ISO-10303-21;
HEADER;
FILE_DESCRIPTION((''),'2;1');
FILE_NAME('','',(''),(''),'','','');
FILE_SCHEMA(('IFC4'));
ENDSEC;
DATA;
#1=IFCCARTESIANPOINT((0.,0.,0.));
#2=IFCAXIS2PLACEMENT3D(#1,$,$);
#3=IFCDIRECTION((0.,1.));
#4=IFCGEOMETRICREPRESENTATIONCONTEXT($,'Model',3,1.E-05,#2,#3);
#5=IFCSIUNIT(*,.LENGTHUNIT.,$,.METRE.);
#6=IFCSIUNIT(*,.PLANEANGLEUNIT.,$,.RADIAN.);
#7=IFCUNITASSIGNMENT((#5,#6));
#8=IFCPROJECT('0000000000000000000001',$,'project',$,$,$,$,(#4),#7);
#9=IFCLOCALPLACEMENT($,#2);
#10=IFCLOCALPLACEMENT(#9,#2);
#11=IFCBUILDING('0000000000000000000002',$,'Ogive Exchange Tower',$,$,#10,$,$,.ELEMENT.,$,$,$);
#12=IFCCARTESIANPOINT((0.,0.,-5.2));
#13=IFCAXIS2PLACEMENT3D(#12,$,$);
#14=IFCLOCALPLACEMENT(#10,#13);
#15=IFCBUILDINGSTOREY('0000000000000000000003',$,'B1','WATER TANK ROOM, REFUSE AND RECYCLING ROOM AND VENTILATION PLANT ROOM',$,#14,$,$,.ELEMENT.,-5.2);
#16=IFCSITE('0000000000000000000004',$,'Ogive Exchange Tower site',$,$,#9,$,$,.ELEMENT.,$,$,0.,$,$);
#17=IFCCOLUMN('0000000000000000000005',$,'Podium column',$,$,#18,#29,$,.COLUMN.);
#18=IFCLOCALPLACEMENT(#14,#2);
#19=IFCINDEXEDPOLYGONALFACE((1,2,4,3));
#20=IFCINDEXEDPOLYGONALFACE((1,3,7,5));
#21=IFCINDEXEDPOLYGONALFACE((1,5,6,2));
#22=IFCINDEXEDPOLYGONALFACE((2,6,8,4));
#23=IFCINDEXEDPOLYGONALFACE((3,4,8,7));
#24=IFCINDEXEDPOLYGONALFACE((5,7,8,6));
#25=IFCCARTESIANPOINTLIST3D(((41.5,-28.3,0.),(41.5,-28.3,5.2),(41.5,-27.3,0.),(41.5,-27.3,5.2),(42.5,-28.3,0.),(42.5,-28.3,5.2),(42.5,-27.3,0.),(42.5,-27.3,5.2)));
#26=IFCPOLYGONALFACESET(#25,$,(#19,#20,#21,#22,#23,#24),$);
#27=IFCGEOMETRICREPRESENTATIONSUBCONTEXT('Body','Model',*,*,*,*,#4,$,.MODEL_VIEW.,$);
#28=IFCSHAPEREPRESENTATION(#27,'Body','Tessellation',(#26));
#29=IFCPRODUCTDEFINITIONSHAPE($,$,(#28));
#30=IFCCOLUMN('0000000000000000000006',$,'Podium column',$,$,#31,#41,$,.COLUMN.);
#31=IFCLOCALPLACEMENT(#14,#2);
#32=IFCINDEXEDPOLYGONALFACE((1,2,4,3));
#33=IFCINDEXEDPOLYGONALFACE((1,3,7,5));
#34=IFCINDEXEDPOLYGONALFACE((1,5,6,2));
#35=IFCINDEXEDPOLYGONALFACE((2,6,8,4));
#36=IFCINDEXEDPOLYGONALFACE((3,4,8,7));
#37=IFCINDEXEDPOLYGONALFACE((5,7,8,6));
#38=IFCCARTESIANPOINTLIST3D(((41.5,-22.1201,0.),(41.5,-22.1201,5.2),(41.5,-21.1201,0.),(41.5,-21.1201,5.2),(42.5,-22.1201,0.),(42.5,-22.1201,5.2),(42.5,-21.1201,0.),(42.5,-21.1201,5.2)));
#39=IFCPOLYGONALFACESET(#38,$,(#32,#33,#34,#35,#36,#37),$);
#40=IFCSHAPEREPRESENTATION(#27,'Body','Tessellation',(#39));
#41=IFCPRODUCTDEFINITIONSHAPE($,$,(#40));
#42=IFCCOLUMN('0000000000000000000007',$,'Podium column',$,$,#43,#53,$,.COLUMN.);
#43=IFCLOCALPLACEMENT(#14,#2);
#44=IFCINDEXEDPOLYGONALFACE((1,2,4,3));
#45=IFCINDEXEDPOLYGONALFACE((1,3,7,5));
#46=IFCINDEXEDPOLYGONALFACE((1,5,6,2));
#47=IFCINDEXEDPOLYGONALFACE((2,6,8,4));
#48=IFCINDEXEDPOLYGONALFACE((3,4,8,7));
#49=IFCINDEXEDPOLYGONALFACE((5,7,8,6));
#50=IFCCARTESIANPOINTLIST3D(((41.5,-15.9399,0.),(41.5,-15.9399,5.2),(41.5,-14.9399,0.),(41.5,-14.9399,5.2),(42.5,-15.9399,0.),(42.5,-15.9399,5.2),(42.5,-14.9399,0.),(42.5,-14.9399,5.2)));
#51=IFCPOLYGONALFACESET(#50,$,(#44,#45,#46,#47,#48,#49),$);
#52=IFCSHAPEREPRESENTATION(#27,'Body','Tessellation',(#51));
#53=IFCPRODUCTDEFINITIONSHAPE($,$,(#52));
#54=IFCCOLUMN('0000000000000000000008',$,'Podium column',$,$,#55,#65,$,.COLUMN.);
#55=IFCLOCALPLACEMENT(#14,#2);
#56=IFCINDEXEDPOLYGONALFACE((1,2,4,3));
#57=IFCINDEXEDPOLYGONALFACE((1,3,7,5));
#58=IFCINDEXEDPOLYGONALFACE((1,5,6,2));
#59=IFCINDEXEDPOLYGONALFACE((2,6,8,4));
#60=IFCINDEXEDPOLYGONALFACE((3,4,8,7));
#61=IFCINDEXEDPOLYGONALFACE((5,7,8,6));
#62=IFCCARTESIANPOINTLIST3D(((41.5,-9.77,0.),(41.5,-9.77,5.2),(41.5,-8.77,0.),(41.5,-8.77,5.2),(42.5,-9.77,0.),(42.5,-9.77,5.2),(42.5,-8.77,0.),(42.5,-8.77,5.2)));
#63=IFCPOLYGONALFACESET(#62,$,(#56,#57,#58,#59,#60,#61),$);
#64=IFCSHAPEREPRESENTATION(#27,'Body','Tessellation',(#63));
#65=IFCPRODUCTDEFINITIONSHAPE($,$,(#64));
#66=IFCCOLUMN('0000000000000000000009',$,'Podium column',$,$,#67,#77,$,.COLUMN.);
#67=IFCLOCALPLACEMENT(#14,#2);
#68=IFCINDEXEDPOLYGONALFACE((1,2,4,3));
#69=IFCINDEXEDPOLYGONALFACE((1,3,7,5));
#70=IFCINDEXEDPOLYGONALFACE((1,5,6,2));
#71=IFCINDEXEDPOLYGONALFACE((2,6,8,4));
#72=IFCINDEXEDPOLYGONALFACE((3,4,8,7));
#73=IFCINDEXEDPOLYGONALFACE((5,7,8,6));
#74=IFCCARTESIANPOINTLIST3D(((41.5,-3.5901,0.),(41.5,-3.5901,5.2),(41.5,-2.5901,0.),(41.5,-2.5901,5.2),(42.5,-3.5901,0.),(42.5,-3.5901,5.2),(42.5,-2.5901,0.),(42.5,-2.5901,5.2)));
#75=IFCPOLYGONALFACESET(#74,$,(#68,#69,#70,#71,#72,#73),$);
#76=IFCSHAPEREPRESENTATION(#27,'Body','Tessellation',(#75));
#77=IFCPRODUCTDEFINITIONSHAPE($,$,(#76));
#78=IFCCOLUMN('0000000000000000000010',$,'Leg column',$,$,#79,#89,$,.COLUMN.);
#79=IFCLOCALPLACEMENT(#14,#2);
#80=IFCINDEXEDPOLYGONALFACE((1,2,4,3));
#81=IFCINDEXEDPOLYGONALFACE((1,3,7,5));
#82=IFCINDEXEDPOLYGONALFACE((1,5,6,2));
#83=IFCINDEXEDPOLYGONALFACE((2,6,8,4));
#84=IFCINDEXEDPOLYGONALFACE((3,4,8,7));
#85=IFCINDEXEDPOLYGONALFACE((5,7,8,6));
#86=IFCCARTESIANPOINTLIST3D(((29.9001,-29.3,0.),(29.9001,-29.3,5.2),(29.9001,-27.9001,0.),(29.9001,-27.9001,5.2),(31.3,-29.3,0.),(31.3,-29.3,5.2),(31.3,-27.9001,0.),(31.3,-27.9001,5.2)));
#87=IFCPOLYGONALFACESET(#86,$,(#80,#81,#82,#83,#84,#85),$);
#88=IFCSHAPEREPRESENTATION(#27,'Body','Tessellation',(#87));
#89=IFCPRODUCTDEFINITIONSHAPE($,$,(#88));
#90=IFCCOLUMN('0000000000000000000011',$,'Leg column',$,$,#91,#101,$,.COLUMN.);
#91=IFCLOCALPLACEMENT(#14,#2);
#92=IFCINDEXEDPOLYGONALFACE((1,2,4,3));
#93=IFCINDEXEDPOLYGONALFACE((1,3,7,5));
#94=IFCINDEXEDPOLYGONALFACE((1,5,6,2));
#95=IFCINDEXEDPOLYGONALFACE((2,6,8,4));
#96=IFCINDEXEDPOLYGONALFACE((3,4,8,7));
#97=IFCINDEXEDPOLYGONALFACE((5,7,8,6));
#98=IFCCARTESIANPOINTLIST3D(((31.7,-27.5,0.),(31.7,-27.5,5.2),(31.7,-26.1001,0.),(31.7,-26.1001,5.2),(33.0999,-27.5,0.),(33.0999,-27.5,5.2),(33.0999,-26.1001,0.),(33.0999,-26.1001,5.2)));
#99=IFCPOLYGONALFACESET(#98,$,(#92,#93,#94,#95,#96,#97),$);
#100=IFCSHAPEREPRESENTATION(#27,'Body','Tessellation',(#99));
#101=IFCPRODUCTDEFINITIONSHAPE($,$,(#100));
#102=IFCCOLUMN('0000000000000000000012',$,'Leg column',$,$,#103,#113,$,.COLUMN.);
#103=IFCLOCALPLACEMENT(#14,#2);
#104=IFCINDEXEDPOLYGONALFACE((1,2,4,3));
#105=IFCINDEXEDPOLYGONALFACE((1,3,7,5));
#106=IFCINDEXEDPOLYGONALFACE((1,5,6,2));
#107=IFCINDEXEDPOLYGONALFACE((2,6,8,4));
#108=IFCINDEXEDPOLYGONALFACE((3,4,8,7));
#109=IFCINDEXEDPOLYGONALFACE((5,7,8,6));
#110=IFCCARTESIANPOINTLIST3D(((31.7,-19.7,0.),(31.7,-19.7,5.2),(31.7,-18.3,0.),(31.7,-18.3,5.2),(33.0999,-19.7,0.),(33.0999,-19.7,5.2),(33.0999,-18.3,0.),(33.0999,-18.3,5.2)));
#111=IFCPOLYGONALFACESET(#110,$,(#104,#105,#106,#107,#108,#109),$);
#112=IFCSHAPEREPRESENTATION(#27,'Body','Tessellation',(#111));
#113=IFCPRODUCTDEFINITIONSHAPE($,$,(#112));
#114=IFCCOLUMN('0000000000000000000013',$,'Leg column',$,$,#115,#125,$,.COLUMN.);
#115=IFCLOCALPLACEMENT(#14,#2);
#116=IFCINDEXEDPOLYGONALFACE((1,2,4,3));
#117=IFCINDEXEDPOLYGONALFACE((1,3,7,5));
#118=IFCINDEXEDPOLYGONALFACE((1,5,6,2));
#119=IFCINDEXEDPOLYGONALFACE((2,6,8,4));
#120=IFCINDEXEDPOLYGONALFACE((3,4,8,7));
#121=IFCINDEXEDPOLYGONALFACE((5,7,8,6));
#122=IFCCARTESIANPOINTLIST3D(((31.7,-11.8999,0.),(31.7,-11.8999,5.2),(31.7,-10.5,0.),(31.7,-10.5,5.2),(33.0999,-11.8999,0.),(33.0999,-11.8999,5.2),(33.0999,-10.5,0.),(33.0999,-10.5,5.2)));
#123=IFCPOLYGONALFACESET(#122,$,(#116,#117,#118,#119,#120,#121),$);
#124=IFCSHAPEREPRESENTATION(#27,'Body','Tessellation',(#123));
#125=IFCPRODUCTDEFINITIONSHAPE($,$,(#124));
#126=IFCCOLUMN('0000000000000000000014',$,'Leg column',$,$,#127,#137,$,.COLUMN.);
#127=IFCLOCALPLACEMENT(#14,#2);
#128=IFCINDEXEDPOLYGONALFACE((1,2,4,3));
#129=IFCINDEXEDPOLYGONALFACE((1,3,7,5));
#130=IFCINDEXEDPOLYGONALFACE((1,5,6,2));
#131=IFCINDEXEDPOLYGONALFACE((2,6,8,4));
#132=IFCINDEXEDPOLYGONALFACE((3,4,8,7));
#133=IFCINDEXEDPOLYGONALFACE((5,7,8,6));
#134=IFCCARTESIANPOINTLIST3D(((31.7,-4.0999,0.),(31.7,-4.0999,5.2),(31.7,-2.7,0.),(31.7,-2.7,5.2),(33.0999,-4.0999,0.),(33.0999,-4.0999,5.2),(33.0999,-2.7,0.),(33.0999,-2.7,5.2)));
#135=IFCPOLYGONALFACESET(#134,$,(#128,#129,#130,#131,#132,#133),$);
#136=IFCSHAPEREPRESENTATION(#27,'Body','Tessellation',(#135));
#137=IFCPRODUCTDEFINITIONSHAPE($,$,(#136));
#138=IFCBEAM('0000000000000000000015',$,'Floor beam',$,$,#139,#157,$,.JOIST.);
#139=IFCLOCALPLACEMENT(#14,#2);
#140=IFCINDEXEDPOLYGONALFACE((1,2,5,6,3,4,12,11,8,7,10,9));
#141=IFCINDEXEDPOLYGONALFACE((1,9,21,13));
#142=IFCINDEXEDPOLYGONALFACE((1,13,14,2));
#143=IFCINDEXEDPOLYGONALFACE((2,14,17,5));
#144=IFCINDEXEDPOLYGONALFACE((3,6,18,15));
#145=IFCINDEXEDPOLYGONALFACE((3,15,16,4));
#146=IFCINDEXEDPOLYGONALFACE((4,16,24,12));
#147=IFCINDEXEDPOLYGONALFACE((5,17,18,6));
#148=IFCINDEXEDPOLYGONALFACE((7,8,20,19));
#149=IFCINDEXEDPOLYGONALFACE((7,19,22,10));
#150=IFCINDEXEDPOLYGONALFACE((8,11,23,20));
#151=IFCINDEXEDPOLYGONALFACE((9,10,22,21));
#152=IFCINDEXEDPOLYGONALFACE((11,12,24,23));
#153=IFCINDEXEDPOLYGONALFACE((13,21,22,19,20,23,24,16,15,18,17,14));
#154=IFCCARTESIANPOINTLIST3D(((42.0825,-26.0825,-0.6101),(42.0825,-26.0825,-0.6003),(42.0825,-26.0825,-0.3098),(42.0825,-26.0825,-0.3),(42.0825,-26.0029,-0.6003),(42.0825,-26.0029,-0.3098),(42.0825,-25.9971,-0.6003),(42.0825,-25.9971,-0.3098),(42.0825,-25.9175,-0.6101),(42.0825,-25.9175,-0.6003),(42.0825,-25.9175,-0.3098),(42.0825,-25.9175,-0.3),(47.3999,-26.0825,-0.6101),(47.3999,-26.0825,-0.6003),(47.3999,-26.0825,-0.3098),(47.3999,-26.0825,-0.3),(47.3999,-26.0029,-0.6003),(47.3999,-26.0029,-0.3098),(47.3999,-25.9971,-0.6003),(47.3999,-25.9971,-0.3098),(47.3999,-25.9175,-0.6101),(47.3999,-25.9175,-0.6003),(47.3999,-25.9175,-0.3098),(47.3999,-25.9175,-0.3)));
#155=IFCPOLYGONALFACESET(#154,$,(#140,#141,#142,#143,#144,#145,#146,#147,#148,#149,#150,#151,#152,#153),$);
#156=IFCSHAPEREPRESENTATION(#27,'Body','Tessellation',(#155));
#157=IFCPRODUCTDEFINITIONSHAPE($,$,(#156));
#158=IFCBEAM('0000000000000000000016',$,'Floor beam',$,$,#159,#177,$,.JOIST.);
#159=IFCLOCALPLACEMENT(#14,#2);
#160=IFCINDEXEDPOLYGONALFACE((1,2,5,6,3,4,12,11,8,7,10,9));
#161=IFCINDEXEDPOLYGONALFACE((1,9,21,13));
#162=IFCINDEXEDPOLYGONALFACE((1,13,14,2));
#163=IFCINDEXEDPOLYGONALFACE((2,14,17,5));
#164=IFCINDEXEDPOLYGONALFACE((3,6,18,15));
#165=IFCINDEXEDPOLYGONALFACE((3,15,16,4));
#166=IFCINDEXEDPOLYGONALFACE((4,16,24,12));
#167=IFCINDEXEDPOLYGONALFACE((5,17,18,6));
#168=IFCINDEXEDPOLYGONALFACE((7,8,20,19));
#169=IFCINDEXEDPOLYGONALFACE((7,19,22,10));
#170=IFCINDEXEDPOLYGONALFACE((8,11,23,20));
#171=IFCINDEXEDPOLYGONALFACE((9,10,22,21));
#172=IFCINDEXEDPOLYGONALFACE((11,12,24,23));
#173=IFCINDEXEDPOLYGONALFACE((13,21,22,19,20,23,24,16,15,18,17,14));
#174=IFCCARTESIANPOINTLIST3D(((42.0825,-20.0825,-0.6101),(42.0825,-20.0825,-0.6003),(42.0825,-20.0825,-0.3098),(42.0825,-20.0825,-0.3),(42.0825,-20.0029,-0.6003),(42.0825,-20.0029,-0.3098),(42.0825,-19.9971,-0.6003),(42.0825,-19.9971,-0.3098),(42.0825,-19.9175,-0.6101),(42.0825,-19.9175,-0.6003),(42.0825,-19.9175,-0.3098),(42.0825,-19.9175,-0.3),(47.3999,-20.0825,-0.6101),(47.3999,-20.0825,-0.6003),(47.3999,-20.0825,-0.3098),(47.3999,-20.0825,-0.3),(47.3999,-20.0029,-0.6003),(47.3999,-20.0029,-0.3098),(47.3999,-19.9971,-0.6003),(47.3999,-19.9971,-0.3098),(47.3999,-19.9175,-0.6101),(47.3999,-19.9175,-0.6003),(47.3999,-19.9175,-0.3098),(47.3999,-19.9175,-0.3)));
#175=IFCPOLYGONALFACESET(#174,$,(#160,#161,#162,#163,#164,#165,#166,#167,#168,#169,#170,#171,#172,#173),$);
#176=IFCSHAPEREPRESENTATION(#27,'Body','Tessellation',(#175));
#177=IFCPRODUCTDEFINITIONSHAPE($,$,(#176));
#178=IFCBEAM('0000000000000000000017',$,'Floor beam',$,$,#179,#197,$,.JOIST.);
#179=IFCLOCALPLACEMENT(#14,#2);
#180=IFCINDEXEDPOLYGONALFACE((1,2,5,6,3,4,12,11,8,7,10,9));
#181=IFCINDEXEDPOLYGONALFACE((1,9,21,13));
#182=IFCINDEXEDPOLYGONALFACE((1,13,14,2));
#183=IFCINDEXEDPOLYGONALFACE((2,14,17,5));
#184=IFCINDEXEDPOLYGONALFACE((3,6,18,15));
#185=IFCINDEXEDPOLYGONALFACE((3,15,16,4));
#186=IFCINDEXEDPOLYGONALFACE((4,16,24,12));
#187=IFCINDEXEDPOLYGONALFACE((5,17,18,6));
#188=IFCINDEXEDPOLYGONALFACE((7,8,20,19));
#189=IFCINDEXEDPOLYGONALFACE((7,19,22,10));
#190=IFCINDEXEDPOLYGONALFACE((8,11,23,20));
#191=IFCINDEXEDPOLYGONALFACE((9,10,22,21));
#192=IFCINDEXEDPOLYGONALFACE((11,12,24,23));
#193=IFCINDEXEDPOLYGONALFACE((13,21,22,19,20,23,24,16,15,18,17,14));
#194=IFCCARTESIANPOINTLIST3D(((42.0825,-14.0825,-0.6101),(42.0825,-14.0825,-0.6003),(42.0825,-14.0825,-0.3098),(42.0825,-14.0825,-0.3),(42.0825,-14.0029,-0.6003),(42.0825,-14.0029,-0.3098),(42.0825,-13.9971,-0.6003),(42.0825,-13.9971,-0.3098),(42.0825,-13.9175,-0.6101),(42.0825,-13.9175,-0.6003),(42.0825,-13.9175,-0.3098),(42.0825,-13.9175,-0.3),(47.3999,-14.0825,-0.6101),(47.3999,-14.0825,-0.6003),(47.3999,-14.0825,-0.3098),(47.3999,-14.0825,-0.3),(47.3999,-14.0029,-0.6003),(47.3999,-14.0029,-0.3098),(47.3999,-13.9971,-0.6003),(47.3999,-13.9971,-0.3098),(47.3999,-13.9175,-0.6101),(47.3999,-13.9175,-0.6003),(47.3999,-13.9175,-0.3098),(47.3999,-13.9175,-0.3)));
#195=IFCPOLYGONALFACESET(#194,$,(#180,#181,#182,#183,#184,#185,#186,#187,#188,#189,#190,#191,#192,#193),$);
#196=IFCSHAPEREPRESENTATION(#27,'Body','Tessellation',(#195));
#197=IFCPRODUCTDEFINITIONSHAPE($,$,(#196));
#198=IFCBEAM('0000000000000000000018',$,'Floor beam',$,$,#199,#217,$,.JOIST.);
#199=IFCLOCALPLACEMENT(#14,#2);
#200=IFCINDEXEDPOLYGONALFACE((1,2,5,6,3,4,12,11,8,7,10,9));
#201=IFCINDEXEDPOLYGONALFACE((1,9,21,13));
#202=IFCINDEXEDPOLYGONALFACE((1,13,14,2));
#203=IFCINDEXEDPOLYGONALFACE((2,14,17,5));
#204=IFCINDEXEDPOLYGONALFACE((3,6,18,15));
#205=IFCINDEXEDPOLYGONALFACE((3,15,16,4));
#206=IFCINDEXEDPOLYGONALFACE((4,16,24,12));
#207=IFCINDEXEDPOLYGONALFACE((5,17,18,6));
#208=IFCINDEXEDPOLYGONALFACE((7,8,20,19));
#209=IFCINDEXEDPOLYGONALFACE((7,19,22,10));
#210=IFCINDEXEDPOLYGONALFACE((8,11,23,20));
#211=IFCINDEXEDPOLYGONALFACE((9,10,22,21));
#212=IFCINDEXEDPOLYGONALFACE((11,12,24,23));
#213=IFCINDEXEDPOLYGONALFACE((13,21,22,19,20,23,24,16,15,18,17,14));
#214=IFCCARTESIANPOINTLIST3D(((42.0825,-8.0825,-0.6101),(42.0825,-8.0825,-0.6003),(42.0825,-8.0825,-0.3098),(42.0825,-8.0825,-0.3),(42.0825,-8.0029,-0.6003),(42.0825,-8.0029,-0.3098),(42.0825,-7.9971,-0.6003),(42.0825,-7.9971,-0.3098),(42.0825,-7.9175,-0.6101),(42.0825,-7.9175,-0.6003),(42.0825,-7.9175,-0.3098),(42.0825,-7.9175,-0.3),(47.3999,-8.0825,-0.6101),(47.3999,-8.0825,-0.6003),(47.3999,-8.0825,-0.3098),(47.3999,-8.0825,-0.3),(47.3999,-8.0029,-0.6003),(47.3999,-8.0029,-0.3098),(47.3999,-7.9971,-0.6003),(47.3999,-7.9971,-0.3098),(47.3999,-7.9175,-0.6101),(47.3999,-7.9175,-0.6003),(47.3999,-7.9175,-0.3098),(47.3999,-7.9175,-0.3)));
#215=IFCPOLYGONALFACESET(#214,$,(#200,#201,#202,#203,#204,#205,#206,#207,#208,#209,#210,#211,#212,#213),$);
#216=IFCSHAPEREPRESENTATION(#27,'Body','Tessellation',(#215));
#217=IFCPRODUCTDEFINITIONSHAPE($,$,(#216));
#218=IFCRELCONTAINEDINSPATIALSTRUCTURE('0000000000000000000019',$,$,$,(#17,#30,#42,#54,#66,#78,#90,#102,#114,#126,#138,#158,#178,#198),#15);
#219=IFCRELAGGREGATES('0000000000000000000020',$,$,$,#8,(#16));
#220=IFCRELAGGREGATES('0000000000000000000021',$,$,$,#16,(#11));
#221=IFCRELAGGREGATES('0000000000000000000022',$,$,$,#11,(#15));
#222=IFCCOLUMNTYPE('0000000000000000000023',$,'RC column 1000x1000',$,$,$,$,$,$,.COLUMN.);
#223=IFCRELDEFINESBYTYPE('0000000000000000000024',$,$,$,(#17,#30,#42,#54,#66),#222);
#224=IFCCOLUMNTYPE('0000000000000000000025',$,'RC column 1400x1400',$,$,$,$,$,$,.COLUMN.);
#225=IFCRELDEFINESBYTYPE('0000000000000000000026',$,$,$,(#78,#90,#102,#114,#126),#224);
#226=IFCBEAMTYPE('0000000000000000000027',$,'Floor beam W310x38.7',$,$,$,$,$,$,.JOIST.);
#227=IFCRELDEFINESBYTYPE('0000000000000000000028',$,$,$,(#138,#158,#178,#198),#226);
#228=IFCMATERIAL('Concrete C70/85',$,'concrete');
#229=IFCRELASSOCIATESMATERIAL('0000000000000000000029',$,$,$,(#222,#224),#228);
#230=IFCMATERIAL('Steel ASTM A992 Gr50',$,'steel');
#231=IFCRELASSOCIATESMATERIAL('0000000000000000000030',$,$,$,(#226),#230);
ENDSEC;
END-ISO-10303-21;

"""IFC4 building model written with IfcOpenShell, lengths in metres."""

from ifc_helpers import new_model, si_unit, direction, frame, origin, origin_2d, place, context, subcontext, project, spatial, rectangle, i_section, extrude, material, material_profile, profile_set, type_object, element, save


model = new_model("IFC4")

# Units and contexts
model_context = context("Model", 3, precision=1e-05, world=origin(), true_north=direction((0.0, 1.0)))
body_context = subcontext(model_context, "Body", "Model", "MODEL_VIEW")
ifc_project = project(units=[si_unit("LENGTHUNIT", "METRE"), si_unit("PLANEANGLEUNIT", "RADIAN")], contexts=[model_context])

# Site, building, storey
site_placement = place(None, origin())
site = spatial("IfcSite", under=ifc_project, at=site_placement, Name="Ogive Exchange Tower site", CompositionType="ELEMENT", RefElevation=0.0)
building_placement = place(site_placement, origin())
building = spatial("IfcBuilding", under=site, at=building_placement, Name="Ogive Exchange Tower", CompositionType="ELEMENT")
storey_placement = place(building_placement, frame((0.0, 0.0, -5.2)))
storey = spatial("IfcBuildingStorey", under=building, at=storey_placement, Name="B1", Description="WATER TANK ROOM, REFUSE AND RECYCLING ROOM AND VENTILATION PLANT ROOM", CompositionType="ELEMENT", Elevation=-5.2)

# Columns
ifc_material_1 = material(Name="Concrete C70/85", Category="concrete")
ifc_material_profile_1 = material_profile(ifc_material_1, rectangle(XDim=1.0, YDim=1.0, at=origin_2d()), Name="RC 1000x1000")
ifc_profile_set_1 = profile_set([ifc_material_profile_1], Name="Concrete C70/85")
column_type_1 = type_object("IfcColumnType", Name="RC column 1000x1000", PredefinedType="COLUMN", material=ifc_profile_set_1)
for number, where, z_axis, x_axis, name in (
    (1, (42.0, -27.8, 0.0), (0.0, 0.0, 1.0), (1.0, 0.0, 0.0), "Podium column"),
    (2, (42.0, -21.6201, 0.0), (0.0, 0.0, 1.0), (1.0, 0.0, 0.0), "Podium column"),
    (3, (42.0, -15.4399, 0.0), (0.0, 0.0, 1.0), (1.0, 0.0, 0.0), "Podium column"),
    (4, (42.0, -9.27, 0.0), (0.0, 0.0, 1.0), (1.0, 0.0, 0.0), "Podium column"),
    (5, (42.0, -3.0901, 0.0), (0.0, 0.0, 1.0), (1.0, 0.0, 0.0), "Podium column"),
):
    element("IfcColumn", number, at=place(storey_placement, frame(where, z_axis=z_axis, x_axis=x_axis)), inside=storey, type_object=column_type_1, Name=name, PredefinedType="COLUMN", context=body_context, shape_type="SweptSolid", body=[
        extrude(rectangle(XDim=1.0, YDim=1.0, at=origin_2d()), origin(), (0.0, 0.0, 1.0), 5.2),
    ])
ifc_material_profile_2 = material_profile(ifc_material_1, rectangle(XDim=1.3999, YDim=1.3999, at=origin_2d()), Name="RC 1400x1400")
ifc_profile_set_2 = profile_set([ifc_material_profile_2], Name="Concrete C70/85")
column_type_2 = type_object("IfcColumnType", Name="RC column 1400x1400", PredefinedType="COLUMN", material=ifc_profile_set_2)
for number, where, z_axis, x_axis, name in (
    (6, (30.6001, -28.6001, 0.0), (0.0, 0.0, 1.0), (1.0, 0.0, 0.0), "Leg column"),
    (7, (32.3999, -26.8, 0.0), (0.0, 0.0, 1.0), (1.0, 0.0, 0.0), "Leg column"),
    (8, (32.3999, -19.0, 0.0), (0.0, 0.0, 1.0), (1.0, 0.0, 0.0), "Leg column"),
    (9, (32.3999, -11.2, 0.0), (0.0, 0.0, 1.0), (1.0, 0.0, 0.0), "Leg column"),
    (10, (32.3999, -3.3999, 0.0), (0.0, 0.0, 1.0), (1.0, 0.0, 0.0), "Leg column"),
):
    element("IfcColumn", number, at=place(storey_placement, frame(where, z_axis=z_axis, x_axis=x_axis)), inside=storey, type_object=column_type_2, Name=name, PredefinedType="COLUMN", context=body_context, shape_type="SweptSolid", body=[
        extrude(rectangle(XDim=1.3999, YDim=1.3999, at=origin_2d()), origin(), (0.0, 0.0, 1.0), 5.2),
    ])

# Beams
ifc_material_2 = material(Name="Steel ASTM A992 Gr50", Category="steel")
ifc_material_profile_3 = material_profile(ifc_material_2, i_section(OverallWidth=0.165, OverallDepth=0.3101, WebThickness=0.0059, FlangeThickness=0.0098, at=origin_2d()), Name="W310x38.7")
ifc_profile_set_3 = profile_set([ifc_material_profile_3], Name="Steel ASTM A992 Gr50")
beam_type_1 = type_object("IfcBeamType", Name="Floor beam W310x38.7", PredefinedType="JOIST", material=ifc_profile_set_3)
for number, where, z_axis, x_axis, name in (
    (11, (42.0825, -26.0, -0.4551), (1.0, 0.0, 0.0), (0.0, 1.0, 0.0), "Floor beam"),
    (12, (42.0825, -20.0, -0.4551), (1.0, 0.0, 0.0), (0.0, 1.0, 0.0), "Floor beam"),
    (13, (42.0825, -14.0, -0.4551), (1.0, 0.0, 0.0), (0.0, 1.0, 0.0), "Floor beam"),
    (14, (42.0825, -8.0, -0.4551), (1.0, 0.0, 0.0), (0.0, 1.0, 0.0), "Floor beam"),
):
    element("IfcBeam", number, at=place(storey_placement, frame(where, z_axis=z_axis, x_axis=x_axis)), inside=storey, type_object=beam_type_1, Name=name, PredefinedType="JOIST", context=body_context, shape_type="SweptSolid", body=[
        extrude(i_section(OverallWidth=0.165, OverallDepth=0.3101, WebThickness=0.0059, FlangeThickness=0.0098, at=origin_2d()), origin(), (0.0, 0.0, 1.0), 5.3174),
    ])

save(model, "model.ifc")
